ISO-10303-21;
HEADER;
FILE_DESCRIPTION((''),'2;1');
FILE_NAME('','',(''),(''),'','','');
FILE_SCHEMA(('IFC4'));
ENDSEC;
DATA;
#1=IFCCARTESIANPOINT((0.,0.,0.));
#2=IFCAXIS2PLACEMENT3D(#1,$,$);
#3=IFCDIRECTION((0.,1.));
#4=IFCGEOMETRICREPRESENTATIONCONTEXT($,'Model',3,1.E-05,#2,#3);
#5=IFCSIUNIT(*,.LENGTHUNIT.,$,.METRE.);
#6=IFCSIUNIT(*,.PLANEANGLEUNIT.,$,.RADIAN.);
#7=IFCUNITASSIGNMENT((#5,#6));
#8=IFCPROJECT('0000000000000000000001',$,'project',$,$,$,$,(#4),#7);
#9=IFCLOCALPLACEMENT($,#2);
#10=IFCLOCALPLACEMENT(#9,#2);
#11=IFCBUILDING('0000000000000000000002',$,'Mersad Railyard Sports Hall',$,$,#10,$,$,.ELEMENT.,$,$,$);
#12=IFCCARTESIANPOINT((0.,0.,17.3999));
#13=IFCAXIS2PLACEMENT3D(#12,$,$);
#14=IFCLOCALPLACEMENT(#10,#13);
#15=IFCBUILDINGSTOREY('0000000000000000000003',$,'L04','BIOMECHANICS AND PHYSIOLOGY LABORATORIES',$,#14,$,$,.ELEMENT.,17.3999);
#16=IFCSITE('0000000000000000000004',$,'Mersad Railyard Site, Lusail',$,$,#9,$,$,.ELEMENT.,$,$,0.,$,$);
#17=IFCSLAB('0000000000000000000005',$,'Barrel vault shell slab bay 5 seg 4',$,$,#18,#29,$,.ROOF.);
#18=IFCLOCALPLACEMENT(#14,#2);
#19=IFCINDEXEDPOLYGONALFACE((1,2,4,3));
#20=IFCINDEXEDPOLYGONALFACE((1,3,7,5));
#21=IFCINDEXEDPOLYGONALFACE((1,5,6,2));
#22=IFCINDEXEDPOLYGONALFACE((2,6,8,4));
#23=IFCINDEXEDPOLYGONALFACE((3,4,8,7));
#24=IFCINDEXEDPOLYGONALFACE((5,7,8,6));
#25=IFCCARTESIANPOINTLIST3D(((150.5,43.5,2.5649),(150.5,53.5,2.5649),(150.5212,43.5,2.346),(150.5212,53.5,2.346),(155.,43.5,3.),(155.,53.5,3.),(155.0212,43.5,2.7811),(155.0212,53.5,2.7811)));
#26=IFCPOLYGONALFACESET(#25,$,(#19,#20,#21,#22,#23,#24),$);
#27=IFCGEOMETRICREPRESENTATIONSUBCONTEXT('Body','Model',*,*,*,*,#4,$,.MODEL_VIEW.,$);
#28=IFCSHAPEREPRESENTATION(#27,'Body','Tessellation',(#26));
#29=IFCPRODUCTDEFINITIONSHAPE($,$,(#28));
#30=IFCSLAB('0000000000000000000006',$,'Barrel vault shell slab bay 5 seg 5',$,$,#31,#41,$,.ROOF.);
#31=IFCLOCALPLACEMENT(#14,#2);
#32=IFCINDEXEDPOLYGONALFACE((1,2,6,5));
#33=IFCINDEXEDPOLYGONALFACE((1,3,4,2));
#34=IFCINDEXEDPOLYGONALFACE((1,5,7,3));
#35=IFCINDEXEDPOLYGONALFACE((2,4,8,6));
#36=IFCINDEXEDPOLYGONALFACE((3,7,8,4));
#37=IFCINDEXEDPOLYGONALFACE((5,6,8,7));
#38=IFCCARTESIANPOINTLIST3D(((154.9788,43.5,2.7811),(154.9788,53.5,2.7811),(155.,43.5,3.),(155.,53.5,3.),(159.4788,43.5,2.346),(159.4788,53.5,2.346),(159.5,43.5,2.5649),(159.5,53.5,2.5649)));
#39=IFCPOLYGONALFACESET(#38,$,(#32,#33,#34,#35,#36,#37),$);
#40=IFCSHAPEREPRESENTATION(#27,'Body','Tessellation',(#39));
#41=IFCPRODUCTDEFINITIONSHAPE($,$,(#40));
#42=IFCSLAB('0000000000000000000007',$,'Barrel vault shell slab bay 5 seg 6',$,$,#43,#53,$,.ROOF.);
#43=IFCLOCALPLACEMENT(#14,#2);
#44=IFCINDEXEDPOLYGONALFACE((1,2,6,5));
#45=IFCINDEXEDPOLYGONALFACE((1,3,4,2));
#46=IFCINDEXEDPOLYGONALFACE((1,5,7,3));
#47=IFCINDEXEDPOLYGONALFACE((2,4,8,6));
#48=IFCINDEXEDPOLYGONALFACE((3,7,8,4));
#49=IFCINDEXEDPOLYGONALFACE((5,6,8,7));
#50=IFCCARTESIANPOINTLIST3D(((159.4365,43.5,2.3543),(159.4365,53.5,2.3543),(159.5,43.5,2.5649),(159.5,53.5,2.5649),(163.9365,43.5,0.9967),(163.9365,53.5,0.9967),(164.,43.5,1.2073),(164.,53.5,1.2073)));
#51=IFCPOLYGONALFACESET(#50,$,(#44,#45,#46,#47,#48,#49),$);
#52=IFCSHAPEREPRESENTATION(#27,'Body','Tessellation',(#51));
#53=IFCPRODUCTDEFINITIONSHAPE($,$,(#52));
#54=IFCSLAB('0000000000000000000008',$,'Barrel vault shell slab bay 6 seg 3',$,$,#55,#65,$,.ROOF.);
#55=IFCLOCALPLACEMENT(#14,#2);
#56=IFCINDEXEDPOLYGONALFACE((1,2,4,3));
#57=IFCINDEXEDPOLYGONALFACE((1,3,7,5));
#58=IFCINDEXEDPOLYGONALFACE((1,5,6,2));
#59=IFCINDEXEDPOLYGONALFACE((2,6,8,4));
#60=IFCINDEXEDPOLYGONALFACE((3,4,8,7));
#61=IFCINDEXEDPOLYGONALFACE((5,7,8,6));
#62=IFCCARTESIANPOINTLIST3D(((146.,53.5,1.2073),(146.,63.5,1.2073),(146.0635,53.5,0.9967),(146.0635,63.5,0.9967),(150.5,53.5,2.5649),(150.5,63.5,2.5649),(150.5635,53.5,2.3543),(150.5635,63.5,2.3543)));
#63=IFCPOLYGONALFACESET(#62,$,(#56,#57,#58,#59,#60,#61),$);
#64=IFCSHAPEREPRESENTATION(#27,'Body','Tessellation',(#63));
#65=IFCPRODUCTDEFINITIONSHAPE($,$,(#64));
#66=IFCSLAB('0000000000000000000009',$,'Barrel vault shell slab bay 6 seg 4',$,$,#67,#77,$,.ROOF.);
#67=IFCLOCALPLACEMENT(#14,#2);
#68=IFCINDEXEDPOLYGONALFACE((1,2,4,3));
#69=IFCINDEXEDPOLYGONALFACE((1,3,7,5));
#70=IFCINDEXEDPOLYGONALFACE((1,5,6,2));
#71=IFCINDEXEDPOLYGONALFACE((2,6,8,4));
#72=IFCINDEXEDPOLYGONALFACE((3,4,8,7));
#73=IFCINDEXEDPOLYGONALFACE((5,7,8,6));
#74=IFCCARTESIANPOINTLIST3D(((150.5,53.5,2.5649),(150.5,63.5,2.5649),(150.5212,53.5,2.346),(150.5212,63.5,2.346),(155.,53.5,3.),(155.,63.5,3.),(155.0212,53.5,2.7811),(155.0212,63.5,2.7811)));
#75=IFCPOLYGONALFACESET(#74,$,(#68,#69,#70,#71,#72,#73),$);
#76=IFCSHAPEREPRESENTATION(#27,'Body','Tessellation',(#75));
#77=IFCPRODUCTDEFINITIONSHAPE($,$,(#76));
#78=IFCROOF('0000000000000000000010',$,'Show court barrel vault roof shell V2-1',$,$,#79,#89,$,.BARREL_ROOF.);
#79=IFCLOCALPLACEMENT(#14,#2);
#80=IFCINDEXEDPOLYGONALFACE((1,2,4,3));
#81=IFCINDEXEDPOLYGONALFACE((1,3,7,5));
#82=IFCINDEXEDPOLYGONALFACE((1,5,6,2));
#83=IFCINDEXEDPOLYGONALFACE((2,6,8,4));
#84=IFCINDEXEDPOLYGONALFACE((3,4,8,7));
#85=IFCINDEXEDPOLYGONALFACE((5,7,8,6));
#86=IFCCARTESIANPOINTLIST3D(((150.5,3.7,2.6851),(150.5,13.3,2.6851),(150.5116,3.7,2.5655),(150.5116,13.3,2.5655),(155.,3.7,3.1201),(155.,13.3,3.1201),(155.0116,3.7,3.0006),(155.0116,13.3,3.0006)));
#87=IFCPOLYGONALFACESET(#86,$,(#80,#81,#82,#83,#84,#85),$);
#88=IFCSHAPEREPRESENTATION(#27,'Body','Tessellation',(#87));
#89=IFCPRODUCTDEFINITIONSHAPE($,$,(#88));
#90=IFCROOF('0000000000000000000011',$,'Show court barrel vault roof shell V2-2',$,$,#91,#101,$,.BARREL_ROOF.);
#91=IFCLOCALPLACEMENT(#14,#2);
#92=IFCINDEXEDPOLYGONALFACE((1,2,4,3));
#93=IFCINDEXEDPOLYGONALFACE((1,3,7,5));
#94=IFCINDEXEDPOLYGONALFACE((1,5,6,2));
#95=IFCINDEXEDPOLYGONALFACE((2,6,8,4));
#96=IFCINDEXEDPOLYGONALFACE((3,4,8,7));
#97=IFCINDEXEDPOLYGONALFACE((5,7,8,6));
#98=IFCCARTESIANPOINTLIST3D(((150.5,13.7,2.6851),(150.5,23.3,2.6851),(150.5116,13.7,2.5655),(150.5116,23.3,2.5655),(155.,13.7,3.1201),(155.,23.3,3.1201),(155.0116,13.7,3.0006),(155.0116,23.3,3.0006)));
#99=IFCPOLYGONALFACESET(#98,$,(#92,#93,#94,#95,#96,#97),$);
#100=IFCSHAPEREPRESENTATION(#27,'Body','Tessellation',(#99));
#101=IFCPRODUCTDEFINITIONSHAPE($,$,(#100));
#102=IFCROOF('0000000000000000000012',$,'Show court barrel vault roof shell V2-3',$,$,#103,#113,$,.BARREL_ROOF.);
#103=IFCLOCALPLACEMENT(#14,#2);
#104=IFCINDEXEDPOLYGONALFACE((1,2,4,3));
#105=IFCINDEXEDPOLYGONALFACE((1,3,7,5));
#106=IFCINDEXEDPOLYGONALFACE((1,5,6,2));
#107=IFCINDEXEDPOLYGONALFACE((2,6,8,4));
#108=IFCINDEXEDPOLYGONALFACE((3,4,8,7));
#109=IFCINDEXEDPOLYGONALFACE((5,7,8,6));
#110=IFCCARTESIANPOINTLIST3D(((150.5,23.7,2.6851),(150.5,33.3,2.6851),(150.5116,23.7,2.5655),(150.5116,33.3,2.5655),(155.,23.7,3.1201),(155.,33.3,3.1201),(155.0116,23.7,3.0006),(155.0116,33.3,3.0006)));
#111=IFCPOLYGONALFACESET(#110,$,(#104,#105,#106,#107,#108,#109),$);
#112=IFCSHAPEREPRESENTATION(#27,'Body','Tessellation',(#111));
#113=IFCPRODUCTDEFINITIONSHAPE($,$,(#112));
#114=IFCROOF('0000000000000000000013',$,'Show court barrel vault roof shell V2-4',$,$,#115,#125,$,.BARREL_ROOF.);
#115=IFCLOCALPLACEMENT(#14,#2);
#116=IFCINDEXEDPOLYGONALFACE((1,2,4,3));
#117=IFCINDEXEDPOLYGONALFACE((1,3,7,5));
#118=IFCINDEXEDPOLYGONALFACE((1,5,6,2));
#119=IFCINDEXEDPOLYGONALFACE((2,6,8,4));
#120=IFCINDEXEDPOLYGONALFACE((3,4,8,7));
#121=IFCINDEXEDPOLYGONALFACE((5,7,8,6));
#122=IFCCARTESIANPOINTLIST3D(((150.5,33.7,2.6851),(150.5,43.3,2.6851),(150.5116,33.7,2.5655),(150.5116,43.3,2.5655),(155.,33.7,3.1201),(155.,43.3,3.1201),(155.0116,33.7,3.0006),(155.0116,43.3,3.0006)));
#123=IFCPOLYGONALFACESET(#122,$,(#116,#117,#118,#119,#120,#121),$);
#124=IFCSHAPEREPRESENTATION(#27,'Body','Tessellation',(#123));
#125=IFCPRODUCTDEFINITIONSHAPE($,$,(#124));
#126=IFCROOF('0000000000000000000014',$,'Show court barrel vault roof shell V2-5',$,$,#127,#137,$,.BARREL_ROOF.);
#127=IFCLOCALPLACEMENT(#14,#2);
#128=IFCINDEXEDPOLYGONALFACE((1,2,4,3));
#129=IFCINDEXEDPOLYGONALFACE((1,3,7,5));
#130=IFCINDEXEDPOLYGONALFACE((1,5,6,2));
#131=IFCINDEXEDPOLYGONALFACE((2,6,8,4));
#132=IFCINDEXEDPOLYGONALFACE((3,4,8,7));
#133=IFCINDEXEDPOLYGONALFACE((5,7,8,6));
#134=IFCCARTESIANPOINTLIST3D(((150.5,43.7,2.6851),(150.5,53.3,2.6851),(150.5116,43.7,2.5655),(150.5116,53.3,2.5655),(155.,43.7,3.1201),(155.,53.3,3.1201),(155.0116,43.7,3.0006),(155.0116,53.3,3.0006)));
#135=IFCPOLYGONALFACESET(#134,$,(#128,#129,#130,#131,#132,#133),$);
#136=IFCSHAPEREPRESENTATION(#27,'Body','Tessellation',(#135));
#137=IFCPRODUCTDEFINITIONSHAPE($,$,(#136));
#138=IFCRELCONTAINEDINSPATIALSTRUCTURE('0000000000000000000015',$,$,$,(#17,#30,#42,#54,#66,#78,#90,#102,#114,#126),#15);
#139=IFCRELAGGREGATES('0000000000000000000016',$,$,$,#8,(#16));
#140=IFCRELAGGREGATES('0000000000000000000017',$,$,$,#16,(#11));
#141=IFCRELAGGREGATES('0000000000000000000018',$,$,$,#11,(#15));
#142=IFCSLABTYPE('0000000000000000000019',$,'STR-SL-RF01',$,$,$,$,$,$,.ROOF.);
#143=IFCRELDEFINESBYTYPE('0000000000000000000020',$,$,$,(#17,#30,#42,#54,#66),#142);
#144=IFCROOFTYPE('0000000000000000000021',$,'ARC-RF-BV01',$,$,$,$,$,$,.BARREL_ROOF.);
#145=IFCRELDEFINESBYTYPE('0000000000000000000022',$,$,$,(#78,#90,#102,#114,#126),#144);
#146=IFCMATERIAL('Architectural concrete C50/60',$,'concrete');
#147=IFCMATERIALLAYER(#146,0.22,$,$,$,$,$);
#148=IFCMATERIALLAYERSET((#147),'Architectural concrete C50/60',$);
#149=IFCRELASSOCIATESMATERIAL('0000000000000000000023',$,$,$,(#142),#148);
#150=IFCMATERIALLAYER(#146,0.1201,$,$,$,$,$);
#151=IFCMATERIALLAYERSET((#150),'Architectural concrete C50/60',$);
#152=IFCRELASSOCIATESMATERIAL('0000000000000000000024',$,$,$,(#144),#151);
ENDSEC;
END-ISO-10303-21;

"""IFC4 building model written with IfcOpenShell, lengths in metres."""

from ifc_helpers import new_model, si_unit, direction, frame, origin, place, context, subcontext, project, spatial, polyline, outline, extrude, material, layer, layer_set, type_object, element, save


model = new_model("IFC4")

# Units and contexts
model_context = context("Model", 3, precision=1e-05, world=origin(), true_north=direction((0.0, 1.0)))
body_context = subcontext(model_context, "Body", "Model", "MODEL_VIEW")
ifc_project = project(units=[si_unit("LENGTHUNIT", "METRE"), si_unit("PLANEANGLEUNIT", "RADIAN")], contexts=[model_context])

# Site, building, storey
site_placement = place(None, origin())
site = spatial("IfcSite", under=ifc_project, at=site_placement, Name="Mersad Railyard Site, Lusail", CompositionType="ELEMENT", RefElevation=0.0)
building_placement = place(site_placement, origin())
building = spatial("IfcBuilding", under=site, at=building_placement, Name="Mersad Railyard Sports Hall", CompositionType="ELEMENT")
storey_placement = place(building_placement, frame((0.0, 0.0, 17.3999)))
storey = spatial("IfcBuildingStorey", under=building, at=storey_placement, Name="L04", Description="BIOMECHANICS AND PHYSIOLOGY LABORATORIES", CompositionType="ELEMENT", Elevation=17.3999)

# Slabs
ifc_material = material(Name="Architectural concrete C50/60", Category="concrete")
ifc_layer_1 = layer(ifc_material, 0.22)
ifc_layer_set_1 = layer_set([ifc_layer_1], Name="Architectural concrete C50/60")
slab_type = type_object("IfcSlabType", Name="STR-SL-RF01", PredefinedType="ROOF", material=ifc_layer_set_1)
for number, where, z_axis, x_axis, name in (
    (1, (150.5, 43.5, 2.5649), (-0.096231, 0.0, 0.995359), (0.995359, 0.0, 0.096231), "Barrel vault shell slab bay 5 seg 4"),
    (2, (155.0, 43.5, 3.0), (0.096231, 0.0, 0.995359), (0.995359, 0.0, -0.096231), "Barrel vault shell slab bay 5 seg 5"),
):
    element("IfcSlab", number, at=place(storey_placement, frame(where, z_axis=z_axis, x_axis=x_axis)), inside=storey, type_object=slab_type, Name=name, PredefinedType="ROOF", context=body_context, shape_type="SweptSolid", body=[
        extrude(outline(polyline([(0.0, 0.0), (4.521, 0.0), (4.521, 10.0), (0.0, 10.0), (0.0, 0.0)])), origin(), (0.0, 0.0, -1.0), 0.22),
    ])
for number, where, z_axis, x_axis, name in (
    (3, (159.5, 43.5, 2.5649), (0.288844, 0.0, 0.957376), (0.957376, 0.0, -0.288844), "Barrel vault shell slab bay 5 seg 6"),
    (4, (146.0, 53.5, 1.2073), (-0.288844, 0.0, 0.957376), (0.957376, 0.0, 0.288844), "Barrel vault shell slab bay 6 seg 3"),
):
    element("IfcSlab", number, at=place(storey_placement, frame(where, z_axis=z_axis, x_axis=x_axis)), inside=storey, type_object=slab_type, Name=name, PredefinedType="ROOF", context=body_context, shape_type="SweptSolid", body=[
        extrude(outline(polyline([(0.0, 0.0), (4.7003, 0.0), (4.7003, 10.0), (0.0, 10.0), (0.0, 0.0)])), origin(), (0.0, 0.0, -1.0), 0.22),
    ])
slab_1_placement = place(storey_placement, frame((150.5, 53.5, 2.5649), z_axis=(-0.096231, 0.0, 0.995359), x_axis=(0.995359, 0.0, 0.096231)))
element("IfcSlab", 5, at=slab_1_placement, inside=storey, type_object=slab_type, Name="Barrel vault shell slab bay 6 seg 4", PredefinedType="ROOF", context=body_context, shape_type="SweptSolid", body=[
    extrude(outline(polyline([(0.0, 0.0), (4.521, 0.0), (4.521, 10.0), (0.0, 10.0), (0.0, 0.0)])), origin(), (0.0, 0.0, -1.0), 0.22),
])

# Roofs
ifc_layer_2 = layer(ifc_material, 0.1201)
ifc_layer_set_2 = layer_set([ifc_layer_2], Name="Architectural concrete C50/60")
roof_type = type_object("IfcRoofType", Name="ARC-RF-BV01", PredefinedType="BARREL_ROOF", material=ifc_layer_set_2)
for number, where, z_axis, x_axis, name in (
    (6, (150.5, 3.7, 2.6851), (-0.096231, 0.0, 0.995359), (0.995359, 0.0, 0.096231), "Show court barrel vault roof shell V2-1"),
    (7, (150.5, 13.7, 2.6851), (-0.096231, 0.0, 0.995359), (0.995359, 0.0, 0.096231), "Show court barrel vault roof shell V2-2"),
    (8, (150.5, 23.7, 2.6851), (-0.096231, 0.0, 0.995359), (0.995359, 0.0, 0.096231), "Show court barrel vault roof shell V2-3"),
    (9, (150.5, 33.7, 2.6851), (-0.096231, 0.0, 0.995359), (0.995359, 0.0, 0.096231), "Show court barrel vault roof shell V2-4"),
    (10, (150.5, 43.7, 2.6851), (-0.096231, 0.0, 0.995359), (0.995359, 0.0, 0.096231), "Show court barrel vault roof shell V2-5"),
):
    element("IfcRoof", number, at=place(storey_placement, frame(where, z_axis=z_axis, x_axis=x_axis)), inside=storey, type_object=roof_type, Name=name, PredefinedType="BARREL_ROOF", context=body_context, shape_type="SweptSolid", body=[
        extrude(outline(polyline([(0.0, 0.0), (4.521, 0.0), (4.521, 9.6001), (0.0, 9.6001), (0.0, 0.0)])), origin(), (0.0, 0.0, -1.0), 0.1201),
    ])

save(model, "model.ifc")
